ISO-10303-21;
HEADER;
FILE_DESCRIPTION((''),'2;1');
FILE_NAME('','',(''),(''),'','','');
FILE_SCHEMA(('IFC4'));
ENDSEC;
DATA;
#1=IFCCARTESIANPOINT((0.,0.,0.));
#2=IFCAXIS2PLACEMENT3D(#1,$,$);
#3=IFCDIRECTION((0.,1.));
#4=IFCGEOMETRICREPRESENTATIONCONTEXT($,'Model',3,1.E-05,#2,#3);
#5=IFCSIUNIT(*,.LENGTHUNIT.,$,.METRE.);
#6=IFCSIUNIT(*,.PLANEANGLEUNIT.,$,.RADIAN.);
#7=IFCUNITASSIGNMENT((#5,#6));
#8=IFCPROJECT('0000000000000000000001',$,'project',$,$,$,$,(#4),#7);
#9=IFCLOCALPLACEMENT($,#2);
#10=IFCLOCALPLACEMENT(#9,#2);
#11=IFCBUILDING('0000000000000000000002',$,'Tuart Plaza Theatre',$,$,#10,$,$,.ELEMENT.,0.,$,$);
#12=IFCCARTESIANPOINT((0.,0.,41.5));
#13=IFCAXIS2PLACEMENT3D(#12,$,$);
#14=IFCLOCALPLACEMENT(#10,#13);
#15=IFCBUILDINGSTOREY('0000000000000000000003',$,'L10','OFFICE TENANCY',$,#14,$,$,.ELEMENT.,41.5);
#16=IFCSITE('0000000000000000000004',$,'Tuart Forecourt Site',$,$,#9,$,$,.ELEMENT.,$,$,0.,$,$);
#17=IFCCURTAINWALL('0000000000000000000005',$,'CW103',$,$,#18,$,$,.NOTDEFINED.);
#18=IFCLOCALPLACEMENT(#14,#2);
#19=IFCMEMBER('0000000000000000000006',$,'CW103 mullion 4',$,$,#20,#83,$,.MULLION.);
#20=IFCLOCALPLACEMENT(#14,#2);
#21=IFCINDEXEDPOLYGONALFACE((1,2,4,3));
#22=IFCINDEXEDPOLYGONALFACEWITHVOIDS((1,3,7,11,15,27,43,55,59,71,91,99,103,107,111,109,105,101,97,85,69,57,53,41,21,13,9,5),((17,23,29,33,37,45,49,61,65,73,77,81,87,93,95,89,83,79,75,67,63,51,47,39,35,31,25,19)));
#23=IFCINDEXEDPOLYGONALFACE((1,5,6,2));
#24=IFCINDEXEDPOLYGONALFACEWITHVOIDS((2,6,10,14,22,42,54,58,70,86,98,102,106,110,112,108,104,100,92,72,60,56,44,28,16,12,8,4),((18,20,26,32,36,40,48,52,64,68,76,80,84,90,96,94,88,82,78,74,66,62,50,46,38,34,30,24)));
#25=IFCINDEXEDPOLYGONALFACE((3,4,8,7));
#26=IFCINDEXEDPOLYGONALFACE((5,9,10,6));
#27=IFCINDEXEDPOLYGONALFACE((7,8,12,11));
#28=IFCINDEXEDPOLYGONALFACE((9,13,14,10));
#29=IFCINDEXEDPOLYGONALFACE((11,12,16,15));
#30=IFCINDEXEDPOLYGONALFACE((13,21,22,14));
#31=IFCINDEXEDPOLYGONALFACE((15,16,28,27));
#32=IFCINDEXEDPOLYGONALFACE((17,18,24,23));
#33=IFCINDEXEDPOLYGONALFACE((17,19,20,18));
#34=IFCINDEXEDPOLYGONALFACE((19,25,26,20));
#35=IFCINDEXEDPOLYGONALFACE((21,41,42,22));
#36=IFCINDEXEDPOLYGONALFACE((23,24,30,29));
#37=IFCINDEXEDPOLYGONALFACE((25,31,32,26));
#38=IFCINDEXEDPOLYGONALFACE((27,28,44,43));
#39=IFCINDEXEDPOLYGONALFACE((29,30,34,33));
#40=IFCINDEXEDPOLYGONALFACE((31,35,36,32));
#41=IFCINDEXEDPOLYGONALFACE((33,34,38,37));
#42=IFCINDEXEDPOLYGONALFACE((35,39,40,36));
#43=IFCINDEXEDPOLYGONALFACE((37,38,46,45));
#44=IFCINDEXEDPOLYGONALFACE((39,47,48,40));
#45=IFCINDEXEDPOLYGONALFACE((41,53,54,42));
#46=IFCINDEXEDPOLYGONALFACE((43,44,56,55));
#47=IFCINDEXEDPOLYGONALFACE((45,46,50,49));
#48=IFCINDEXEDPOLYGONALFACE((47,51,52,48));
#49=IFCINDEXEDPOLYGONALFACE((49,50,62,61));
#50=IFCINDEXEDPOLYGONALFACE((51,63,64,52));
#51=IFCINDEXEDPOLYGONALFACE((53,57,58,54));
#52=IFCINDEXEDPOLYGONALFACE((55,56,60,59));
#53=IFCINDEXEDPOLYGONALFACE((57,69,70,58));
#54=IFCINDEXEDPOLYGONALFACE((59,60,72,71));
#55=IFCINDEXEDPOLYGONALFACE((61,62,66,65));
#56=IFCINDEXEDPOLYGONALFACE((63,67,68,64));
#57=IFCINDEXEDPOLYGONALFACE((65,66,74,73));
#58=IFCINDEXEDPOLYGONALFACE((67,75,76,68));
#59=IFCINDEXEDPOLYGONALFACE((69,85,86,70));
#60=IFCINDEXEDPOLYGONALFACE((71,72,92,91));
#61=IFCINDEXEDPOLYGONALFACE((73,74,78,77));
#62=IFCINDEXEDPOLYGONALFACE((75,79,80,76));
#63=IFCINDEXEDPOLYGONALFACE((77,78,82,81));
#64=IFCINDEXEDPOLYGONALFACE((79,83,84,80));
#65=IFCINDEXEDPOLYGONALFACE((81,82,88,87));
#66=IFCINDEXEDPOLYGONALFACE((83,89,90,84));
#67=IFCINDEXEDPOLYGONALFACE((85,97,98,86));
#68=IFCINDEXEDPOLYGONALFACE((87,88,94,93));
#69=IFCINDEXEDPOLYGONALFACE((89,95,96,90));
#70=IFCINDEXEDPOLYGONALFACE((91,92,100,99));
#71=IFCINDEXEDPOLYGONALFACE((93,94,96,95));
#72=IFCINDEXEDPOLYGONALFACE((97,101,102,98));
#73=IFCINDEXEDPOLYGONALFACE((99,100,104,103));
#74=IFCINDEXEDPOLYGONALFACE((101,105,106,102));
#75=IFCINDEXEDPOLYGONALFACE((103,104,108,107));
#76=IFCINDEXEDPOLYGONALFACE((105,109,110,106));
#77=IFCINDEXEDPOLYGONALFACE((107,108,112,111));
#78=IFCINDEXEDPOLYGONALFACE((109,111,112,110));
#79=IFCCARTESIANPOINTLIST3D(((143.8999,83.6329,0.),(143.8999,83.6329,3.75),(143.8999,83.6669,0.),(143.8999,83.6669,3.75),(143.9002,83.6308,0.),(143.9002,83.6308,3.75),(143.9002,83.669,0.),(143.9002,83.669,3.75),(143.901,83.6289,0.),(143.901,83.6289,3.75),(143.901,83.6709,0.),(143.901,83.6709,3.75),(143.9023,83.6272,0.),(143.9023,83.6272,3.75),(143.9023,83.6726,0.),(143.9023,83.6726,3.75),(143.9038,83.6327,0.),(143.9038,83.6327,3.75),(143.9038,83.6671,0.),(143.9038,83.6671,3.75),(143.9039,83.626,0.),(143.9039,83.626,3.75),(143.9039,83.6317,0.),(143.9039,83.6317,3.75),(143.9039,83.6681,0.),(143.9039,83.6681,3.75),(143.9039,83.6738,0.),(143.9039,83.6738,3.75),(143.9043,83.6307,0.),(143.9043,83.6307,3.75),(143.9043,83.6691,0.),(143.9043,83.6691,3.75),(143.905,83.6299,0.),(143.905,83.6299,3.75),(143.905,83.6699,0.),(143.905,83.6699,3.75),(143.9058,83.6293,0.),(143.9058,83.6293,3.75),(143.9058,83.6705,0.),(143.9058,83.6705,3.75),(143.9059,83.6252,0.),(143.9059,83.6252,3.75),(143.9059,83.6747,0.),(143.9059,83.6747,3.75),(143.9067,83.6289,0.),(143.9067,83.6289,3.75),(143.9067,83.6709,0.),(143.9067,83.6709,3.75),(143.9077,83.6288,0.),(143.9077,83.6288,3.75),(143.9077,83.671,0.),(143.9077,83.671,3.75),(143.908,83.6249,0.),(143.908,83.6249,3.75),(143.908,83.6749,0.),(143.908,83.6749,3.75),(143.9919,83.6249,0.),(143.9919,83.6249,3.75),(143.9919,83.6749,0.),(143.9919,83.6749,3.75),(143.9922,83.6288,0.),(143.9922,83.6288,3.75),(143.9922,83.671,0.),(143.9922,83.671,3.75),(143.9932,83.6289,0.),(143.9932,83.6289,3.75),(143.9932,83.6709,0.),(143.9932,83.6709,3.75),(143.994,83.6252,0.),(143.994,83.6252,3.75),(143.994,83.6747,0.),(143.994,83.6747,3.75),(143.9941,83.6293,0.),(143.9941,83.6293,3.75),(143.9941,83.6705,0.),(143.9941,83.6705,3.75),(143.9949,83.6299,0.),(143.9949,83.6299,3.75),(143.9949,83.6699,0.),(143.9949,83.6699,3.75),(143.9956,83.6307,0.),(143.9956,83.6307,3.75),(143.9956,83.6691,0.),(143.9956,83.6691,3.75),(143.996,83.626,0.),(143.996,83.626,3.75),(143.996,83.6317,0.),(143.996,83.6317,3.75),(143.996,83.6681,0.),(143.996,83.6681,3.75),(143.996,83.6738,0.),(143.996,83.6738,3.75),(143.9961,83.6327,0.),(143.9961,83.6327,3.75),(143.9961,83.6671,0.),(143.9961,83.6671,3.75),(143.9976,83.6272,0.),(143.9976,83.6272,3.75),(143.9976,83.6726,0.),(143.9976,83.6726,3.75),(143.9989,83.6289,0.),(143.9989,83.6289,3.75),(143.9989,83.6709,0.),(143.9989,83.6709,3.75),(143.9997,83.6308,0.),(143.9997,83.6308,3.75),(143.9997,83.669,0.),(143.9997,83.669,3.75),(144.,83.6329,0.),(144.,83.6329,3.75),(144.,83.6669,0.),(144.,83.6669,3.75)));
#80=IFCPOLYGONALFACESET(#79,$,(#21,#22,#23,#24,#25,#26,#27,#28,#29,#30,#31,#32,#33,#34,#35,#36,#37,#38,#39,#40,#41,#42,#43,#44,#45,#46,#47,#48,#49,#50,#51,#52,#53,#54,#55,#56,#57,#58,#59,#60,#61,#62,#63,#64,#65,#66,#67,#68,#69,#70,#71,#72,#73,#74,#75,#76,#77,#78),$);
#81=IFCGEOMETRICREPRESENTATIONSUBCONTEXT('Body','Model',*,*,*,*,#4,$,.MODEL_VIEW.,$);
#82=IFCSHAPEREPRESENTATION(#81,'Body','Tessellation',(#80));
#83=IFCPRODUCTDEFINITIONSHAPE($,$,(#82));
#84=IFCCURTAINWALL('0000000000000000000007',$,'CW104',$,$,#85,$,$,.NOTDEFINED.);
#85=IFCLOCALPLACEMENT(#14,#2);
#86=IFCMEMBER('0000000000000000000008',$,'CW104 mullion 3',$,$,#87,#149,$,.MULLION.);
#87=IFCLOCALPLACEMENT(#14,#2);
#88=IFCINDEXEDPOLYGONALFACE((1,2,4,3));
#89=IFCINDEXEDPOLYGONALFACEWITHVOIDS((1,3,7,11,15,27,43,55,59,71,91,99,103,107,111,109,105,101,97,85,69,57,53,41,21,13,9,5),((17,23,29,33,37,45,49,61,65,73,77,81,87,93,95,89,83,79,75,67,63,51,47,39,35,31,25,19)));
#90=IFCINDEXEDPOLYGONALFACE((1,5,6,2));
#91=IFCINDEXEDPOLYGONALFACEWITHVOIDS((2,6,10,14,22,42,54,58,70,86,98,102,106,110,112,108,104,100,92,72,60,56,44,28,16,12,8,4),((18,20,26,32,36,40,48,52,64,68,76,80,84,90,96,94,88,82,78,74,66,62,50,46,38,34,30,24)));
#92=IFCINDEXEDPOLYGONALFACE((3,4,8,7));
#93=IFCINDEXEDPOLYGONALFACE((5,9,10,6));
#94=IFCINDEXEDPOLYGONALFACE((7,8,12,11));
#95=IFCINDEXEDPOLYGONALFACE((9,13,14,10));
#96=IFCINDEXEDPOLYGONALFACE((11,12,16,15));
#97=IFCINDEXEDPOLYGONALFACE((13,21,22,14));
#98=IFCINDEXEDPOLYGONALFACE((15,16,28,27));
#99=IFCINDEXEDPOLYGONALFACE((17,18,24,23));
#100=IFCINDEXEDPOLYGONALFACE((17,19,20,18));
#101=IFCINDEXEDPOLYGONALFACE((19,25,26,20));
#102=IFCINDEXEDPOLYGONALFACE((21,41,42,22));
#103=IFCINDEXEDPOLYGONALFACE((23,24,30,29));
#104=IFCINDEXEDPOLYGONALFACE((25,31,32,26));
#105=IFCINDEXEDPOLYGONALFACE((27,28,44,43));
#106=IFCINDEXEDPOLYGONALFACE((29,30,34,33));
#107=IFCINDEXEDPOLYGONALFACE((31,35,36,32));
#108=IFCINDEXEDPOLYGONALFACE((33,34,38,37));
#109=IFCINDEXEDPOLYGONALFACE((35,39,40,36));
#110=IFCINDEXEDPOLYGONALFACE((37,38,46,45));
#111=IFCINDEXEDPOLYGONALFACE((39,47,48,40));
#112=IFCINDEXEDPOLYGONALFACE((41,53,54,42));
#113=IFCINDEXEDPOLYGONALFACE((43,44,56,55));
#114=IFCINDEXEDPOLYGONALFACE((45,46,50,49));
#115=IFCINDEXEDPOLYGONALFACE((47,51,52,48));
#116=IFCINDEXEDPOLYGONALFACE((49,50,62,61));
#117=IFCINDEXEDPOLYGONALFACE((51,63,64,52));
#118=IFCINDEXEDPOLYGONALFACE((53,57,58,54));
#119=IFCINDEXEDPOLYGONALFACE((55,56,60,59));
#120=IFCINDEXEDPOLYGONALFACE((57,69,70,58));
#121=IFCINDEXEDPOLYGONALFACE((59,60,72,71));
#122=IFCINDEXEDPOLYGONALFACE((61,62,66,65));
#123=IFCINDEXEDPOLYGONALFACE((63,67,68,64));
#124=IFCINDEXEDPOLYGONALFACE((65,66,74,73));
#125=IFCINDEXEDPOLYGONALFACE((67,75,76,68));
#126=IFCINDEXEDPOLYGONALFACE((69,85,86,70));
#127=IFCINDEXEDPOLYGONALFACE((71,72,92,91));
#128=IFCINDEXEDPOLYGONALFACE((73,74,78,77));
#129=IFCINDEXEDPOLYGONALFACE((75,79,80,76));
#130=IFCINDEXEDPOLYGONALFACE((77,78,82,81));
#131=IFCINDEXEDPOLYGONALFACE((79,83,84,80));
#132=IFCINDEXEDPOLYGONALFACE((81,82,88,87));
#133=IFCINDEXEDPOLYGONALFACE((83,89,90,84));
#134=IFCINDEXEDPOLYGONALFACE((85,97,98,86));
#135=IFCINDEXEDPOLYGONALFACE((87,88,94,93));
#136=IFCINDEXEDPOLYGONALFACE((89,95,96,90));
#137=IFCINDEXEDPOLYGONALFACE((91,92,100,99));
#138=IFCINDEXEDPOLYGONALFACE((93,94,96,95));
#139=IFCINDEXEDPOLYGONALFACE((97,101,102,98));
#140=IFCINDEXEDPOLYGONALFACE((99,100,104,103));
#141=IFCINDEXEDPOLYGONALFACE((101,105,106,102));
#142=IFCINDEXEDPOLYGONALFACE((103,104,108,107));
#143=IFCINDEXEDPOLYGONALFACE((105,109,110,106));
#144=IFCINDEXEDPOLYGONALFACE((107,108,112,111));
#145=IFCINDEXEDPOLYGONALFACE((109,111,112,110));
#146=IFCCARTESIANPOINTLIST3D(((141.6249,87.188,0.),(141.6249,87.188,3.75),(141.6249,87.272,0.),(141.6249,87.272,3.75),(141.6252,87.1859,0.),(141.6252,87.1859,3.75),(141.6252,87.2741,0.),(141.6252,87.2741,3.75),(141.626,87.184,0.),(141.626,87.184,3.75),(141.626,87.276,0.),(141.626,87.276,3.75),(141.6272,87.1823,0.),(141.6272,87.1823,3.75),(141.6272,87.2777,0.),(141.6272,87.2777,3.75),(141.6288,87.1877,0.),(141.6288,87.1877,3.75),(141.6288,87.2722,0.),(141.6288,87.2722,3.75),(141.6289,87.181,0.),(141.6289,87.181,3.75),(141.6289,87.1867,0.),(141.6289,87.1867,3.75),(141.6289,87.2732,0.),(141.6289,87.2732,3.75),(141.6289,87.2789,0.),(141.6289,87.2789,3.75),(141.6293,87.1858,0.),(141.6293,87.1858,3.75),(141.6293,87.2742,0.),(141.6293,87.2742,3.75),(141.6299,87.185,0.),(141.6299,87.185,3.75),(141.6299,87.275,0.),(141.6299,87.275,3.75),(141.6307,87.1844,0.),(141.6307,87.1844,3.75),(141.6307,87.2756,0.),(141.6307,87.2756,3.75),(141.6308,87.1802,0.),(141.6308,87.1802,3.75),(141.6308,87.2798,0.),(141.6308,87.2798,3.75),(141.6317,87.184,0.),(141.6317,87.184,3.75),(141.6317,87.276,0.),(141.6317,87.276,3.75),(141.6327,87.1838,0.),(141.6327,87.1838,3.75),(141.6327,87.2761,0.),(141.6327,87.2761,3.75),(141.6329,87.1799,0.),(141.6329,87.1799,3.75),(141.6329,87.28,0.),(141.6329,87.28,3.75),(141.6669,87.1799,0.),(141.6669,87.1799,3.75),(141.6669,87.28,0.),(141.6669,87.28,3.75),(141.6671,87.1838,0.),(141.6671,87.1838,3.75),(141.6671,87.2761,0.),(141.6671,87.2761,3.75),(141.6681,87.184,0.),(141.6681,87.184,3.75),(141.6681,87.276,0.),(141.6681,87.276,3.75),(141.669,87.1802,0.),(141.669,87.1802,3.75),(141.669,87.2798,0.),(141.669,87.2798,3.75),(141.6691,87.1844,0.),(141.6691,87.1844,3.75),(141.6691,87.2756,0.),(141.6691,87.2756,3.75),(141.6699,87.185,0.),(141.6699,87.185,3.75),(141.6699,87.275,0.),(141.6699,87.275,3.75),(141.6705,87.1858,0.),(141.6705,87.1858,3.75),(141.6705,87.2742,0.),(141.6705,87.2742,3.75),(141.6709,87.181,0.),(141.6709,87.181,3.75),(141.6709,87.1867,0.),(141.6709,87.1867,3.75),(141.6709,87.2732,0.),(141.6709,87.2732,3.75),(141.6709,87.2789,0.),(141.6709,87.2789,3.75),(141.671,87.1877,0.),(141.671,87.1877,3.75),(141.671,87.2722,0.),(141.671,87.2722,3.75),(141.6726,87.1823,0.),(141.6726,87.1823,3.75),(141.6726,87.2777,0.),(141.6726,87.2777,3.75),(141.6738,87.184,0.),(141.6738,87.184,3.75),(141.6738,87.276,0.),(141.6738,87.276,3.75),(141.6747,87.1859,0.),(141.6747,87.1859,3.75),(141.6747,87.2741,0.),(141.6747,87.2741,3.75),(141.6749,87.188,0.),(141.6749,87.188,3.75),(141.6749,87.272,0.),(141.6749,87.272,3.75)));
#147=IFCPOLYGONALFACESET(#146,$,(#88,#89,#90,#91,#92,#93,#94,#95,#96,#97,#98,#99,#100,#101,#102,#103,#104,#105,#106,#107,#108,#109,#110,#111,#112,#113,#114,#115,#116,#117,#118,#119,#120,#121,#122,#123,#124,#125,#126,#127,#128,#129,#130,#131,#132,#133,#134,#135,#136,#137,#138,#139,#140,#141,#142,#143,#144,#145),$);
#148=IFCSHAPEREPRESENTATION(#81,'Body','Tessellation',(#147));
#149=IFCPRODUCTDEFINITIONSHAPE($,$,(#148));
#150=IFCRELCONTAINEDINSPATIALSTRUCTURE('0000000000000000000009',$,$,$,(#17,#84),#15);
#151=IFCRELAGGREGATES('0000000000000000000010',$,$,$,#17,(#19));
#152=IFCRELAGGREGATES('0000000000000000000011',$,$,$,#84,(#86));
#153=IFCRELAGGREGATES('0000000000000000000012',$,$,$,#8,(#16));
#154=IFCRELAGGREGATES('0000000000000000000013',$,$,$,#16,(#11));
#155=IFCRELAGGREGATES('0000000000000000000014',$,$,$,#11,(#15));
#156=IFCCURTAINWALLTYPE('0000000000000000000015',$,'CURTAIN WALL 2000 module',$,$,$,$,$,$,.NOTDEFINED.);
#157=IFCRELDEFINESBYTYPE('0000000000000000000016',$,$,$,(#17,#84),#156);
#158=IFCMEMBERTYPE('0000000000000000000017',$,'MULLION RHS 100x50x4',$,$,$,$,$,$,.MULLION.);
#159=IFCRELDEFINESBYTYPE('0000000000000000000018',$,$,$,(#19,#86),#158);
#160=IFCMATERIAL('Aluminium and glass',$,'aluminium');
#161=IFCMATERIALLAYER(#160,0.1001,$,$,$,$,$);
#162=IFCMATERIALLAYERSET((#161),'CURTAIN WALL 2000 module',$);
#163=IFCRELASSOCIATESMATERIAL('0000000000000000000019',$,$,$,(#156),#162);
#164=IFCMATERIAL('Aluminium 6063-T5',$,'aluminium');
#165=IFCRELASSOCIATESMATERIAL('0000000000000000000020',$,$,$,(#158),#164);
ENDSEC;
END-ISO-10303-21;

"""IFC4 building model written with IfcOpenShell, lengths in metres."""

from ifc_helpers import new_model, si_unit, direction, frame, origin, origin_2d, place, context, subcontext, project, spatial, hollow_rectangle, extrude, material, layer, layer_set, material_profile, profile_set, type_object, element, aggregate, save


model = new_model("IFC4")

# Units and contexts
model_context = context("Model", 3, precision=1e-05, world=origin(), true_north=direction((0.0, 1.0)))
body_context = subcontext(model_context, "Body", "Model", "MODEL_VIEW")
ifc_project = project(units=[si_unit("LENGTHUNIT", "METRE"), si_unit("PLANEANGLEUNIT", "RADIAN")], contexts=[model_context])

# Site, building, storey
site_placement = place(None, origin())
site = spatial("IfcSite", under=ifc_project, at=site_placement, Name="Tuart Forecourt Site", CompositionType="ELEMENT", RefElevation=0.0)
building_placement = place(site_placement, origin())
building = spatial("IfcBuilding", under=site, at=building_placement, Name="Tuart Plaza Theatre", CompositionType="ELEMENT", ElevationOfRefHeight=0.0)
storey_placement = place(building_placement, frame((0.0, 0.0, 41.5)))
storey = spatial("IfcBuildingStorey", under=building, at=storey_placement, Name="L10", Description="OFFICE TENANCY", CompositionType="ELEMENT", Elevation=41.5)

# Shared definitions
ifc_material_1 = material(Name="Aluminium and glass", Category="aluminium")
ifc_layer_1 = layer(ifc_material_1, 0.1001)
ifc_layer_set_1 = layer_set([ifc_layer_1], Name="CURTAIN WALL 2000 module")
curtain_wall_type = type_object("IfcCurtainWallType", Name="CURTAIN WALL 2000 module", PredefinedType="NOTDEFINED", material=ifc_layer_set_1)
ifc_material_2 = material(Name="Aluminium 6063-T5", Category="aluminium")
ifc_material_profile_1 = material_profile(ifc_material_2, hollow_rectangle(XDim=0.05, YDim=0.1001, WallThickness=0.0039, InnerFilletRadius=0.0039, OuterFilletRadius=0.0081, at=origin_2d()), Name="RHS 100x50x4")
ifc_profile_set_1 = profile_set([ifc_material_profile_1], Name="Aluminium 6063-T5")
member_type_1 = type_object("IfcMemberType", Name="MULLION RHS 100x50x4", PredefinedType="MULLION", material=ifc_profile_set_1)

# Curtain walls, members
curtain_wall_1_placement = place(storey_placement, origin())
curtain_wall_1 = element("IfcCurtainWall", 1, at=curtain_wall_1_placement, inside=storey, type_object=curtain_wall_type, Name="CW103", PredefinedType="NOTDEFINED")
member_1_placement = place(storey_placement, frame((143.95, 83.6499, 0.0), z_axis=(0.0, 0.0, 1.0), x_axis=(0.0, -1.0, 0.0)))
member_1 = element("IfcMember", 2, at=member_1_placement, type_object=member_type_1, Name="CW103 mullion 4", PredefinedType="MULLION", context=body_context, shape_type="SweptSolid", body=[
    extrude(hollow_rectangle(XDim=0.05, YDim=0.1001, WallThickness=0.0039, InnerFilletRadius=0.0039, OuterFilletRadius=0.0081, at=origin_2d()), origin(), (0.0, 0.0, 1.0), 3.75),
])
curtain_wall_2_placement = place(storey_placement, origin())
curtain_wall_2 = element("IfcCurtainWall", 3, at=curtain_wall_2_placement, inside=storey, type_object=curtain_wall_type, Name="CW104", PredefinedType="NOTDEFINED")
member_2_placement = place(storey_placement, frame((141.6499, 87.23, 0.0), z_axis=(0.0, 0.0, 1.0), x_axis=(-1.0, 0.0, 0.0)))
member_2 = element("IfcMember", 4, at=member_2_placement, type_object=member_type_1, Name="CW104 mullion 3", PredefinedType="MULLION", context=body_context, shape_type="SweptSolid", body=[
    extrude(hollow_rectangle(XDim=0.05, YDim=0.1001, WallThickness=0.0039, InnerFilletRadius=0.0039, OuterFilletRadius=0.0081, at=origin_2d()), origin(), (0.0, 0.0, 1.0), 3.75),
])

aggregate(curtain_wall_1, [member_1])
aggregate(curtain_wall_2, [member_2])

save(model, "model.ifc")
